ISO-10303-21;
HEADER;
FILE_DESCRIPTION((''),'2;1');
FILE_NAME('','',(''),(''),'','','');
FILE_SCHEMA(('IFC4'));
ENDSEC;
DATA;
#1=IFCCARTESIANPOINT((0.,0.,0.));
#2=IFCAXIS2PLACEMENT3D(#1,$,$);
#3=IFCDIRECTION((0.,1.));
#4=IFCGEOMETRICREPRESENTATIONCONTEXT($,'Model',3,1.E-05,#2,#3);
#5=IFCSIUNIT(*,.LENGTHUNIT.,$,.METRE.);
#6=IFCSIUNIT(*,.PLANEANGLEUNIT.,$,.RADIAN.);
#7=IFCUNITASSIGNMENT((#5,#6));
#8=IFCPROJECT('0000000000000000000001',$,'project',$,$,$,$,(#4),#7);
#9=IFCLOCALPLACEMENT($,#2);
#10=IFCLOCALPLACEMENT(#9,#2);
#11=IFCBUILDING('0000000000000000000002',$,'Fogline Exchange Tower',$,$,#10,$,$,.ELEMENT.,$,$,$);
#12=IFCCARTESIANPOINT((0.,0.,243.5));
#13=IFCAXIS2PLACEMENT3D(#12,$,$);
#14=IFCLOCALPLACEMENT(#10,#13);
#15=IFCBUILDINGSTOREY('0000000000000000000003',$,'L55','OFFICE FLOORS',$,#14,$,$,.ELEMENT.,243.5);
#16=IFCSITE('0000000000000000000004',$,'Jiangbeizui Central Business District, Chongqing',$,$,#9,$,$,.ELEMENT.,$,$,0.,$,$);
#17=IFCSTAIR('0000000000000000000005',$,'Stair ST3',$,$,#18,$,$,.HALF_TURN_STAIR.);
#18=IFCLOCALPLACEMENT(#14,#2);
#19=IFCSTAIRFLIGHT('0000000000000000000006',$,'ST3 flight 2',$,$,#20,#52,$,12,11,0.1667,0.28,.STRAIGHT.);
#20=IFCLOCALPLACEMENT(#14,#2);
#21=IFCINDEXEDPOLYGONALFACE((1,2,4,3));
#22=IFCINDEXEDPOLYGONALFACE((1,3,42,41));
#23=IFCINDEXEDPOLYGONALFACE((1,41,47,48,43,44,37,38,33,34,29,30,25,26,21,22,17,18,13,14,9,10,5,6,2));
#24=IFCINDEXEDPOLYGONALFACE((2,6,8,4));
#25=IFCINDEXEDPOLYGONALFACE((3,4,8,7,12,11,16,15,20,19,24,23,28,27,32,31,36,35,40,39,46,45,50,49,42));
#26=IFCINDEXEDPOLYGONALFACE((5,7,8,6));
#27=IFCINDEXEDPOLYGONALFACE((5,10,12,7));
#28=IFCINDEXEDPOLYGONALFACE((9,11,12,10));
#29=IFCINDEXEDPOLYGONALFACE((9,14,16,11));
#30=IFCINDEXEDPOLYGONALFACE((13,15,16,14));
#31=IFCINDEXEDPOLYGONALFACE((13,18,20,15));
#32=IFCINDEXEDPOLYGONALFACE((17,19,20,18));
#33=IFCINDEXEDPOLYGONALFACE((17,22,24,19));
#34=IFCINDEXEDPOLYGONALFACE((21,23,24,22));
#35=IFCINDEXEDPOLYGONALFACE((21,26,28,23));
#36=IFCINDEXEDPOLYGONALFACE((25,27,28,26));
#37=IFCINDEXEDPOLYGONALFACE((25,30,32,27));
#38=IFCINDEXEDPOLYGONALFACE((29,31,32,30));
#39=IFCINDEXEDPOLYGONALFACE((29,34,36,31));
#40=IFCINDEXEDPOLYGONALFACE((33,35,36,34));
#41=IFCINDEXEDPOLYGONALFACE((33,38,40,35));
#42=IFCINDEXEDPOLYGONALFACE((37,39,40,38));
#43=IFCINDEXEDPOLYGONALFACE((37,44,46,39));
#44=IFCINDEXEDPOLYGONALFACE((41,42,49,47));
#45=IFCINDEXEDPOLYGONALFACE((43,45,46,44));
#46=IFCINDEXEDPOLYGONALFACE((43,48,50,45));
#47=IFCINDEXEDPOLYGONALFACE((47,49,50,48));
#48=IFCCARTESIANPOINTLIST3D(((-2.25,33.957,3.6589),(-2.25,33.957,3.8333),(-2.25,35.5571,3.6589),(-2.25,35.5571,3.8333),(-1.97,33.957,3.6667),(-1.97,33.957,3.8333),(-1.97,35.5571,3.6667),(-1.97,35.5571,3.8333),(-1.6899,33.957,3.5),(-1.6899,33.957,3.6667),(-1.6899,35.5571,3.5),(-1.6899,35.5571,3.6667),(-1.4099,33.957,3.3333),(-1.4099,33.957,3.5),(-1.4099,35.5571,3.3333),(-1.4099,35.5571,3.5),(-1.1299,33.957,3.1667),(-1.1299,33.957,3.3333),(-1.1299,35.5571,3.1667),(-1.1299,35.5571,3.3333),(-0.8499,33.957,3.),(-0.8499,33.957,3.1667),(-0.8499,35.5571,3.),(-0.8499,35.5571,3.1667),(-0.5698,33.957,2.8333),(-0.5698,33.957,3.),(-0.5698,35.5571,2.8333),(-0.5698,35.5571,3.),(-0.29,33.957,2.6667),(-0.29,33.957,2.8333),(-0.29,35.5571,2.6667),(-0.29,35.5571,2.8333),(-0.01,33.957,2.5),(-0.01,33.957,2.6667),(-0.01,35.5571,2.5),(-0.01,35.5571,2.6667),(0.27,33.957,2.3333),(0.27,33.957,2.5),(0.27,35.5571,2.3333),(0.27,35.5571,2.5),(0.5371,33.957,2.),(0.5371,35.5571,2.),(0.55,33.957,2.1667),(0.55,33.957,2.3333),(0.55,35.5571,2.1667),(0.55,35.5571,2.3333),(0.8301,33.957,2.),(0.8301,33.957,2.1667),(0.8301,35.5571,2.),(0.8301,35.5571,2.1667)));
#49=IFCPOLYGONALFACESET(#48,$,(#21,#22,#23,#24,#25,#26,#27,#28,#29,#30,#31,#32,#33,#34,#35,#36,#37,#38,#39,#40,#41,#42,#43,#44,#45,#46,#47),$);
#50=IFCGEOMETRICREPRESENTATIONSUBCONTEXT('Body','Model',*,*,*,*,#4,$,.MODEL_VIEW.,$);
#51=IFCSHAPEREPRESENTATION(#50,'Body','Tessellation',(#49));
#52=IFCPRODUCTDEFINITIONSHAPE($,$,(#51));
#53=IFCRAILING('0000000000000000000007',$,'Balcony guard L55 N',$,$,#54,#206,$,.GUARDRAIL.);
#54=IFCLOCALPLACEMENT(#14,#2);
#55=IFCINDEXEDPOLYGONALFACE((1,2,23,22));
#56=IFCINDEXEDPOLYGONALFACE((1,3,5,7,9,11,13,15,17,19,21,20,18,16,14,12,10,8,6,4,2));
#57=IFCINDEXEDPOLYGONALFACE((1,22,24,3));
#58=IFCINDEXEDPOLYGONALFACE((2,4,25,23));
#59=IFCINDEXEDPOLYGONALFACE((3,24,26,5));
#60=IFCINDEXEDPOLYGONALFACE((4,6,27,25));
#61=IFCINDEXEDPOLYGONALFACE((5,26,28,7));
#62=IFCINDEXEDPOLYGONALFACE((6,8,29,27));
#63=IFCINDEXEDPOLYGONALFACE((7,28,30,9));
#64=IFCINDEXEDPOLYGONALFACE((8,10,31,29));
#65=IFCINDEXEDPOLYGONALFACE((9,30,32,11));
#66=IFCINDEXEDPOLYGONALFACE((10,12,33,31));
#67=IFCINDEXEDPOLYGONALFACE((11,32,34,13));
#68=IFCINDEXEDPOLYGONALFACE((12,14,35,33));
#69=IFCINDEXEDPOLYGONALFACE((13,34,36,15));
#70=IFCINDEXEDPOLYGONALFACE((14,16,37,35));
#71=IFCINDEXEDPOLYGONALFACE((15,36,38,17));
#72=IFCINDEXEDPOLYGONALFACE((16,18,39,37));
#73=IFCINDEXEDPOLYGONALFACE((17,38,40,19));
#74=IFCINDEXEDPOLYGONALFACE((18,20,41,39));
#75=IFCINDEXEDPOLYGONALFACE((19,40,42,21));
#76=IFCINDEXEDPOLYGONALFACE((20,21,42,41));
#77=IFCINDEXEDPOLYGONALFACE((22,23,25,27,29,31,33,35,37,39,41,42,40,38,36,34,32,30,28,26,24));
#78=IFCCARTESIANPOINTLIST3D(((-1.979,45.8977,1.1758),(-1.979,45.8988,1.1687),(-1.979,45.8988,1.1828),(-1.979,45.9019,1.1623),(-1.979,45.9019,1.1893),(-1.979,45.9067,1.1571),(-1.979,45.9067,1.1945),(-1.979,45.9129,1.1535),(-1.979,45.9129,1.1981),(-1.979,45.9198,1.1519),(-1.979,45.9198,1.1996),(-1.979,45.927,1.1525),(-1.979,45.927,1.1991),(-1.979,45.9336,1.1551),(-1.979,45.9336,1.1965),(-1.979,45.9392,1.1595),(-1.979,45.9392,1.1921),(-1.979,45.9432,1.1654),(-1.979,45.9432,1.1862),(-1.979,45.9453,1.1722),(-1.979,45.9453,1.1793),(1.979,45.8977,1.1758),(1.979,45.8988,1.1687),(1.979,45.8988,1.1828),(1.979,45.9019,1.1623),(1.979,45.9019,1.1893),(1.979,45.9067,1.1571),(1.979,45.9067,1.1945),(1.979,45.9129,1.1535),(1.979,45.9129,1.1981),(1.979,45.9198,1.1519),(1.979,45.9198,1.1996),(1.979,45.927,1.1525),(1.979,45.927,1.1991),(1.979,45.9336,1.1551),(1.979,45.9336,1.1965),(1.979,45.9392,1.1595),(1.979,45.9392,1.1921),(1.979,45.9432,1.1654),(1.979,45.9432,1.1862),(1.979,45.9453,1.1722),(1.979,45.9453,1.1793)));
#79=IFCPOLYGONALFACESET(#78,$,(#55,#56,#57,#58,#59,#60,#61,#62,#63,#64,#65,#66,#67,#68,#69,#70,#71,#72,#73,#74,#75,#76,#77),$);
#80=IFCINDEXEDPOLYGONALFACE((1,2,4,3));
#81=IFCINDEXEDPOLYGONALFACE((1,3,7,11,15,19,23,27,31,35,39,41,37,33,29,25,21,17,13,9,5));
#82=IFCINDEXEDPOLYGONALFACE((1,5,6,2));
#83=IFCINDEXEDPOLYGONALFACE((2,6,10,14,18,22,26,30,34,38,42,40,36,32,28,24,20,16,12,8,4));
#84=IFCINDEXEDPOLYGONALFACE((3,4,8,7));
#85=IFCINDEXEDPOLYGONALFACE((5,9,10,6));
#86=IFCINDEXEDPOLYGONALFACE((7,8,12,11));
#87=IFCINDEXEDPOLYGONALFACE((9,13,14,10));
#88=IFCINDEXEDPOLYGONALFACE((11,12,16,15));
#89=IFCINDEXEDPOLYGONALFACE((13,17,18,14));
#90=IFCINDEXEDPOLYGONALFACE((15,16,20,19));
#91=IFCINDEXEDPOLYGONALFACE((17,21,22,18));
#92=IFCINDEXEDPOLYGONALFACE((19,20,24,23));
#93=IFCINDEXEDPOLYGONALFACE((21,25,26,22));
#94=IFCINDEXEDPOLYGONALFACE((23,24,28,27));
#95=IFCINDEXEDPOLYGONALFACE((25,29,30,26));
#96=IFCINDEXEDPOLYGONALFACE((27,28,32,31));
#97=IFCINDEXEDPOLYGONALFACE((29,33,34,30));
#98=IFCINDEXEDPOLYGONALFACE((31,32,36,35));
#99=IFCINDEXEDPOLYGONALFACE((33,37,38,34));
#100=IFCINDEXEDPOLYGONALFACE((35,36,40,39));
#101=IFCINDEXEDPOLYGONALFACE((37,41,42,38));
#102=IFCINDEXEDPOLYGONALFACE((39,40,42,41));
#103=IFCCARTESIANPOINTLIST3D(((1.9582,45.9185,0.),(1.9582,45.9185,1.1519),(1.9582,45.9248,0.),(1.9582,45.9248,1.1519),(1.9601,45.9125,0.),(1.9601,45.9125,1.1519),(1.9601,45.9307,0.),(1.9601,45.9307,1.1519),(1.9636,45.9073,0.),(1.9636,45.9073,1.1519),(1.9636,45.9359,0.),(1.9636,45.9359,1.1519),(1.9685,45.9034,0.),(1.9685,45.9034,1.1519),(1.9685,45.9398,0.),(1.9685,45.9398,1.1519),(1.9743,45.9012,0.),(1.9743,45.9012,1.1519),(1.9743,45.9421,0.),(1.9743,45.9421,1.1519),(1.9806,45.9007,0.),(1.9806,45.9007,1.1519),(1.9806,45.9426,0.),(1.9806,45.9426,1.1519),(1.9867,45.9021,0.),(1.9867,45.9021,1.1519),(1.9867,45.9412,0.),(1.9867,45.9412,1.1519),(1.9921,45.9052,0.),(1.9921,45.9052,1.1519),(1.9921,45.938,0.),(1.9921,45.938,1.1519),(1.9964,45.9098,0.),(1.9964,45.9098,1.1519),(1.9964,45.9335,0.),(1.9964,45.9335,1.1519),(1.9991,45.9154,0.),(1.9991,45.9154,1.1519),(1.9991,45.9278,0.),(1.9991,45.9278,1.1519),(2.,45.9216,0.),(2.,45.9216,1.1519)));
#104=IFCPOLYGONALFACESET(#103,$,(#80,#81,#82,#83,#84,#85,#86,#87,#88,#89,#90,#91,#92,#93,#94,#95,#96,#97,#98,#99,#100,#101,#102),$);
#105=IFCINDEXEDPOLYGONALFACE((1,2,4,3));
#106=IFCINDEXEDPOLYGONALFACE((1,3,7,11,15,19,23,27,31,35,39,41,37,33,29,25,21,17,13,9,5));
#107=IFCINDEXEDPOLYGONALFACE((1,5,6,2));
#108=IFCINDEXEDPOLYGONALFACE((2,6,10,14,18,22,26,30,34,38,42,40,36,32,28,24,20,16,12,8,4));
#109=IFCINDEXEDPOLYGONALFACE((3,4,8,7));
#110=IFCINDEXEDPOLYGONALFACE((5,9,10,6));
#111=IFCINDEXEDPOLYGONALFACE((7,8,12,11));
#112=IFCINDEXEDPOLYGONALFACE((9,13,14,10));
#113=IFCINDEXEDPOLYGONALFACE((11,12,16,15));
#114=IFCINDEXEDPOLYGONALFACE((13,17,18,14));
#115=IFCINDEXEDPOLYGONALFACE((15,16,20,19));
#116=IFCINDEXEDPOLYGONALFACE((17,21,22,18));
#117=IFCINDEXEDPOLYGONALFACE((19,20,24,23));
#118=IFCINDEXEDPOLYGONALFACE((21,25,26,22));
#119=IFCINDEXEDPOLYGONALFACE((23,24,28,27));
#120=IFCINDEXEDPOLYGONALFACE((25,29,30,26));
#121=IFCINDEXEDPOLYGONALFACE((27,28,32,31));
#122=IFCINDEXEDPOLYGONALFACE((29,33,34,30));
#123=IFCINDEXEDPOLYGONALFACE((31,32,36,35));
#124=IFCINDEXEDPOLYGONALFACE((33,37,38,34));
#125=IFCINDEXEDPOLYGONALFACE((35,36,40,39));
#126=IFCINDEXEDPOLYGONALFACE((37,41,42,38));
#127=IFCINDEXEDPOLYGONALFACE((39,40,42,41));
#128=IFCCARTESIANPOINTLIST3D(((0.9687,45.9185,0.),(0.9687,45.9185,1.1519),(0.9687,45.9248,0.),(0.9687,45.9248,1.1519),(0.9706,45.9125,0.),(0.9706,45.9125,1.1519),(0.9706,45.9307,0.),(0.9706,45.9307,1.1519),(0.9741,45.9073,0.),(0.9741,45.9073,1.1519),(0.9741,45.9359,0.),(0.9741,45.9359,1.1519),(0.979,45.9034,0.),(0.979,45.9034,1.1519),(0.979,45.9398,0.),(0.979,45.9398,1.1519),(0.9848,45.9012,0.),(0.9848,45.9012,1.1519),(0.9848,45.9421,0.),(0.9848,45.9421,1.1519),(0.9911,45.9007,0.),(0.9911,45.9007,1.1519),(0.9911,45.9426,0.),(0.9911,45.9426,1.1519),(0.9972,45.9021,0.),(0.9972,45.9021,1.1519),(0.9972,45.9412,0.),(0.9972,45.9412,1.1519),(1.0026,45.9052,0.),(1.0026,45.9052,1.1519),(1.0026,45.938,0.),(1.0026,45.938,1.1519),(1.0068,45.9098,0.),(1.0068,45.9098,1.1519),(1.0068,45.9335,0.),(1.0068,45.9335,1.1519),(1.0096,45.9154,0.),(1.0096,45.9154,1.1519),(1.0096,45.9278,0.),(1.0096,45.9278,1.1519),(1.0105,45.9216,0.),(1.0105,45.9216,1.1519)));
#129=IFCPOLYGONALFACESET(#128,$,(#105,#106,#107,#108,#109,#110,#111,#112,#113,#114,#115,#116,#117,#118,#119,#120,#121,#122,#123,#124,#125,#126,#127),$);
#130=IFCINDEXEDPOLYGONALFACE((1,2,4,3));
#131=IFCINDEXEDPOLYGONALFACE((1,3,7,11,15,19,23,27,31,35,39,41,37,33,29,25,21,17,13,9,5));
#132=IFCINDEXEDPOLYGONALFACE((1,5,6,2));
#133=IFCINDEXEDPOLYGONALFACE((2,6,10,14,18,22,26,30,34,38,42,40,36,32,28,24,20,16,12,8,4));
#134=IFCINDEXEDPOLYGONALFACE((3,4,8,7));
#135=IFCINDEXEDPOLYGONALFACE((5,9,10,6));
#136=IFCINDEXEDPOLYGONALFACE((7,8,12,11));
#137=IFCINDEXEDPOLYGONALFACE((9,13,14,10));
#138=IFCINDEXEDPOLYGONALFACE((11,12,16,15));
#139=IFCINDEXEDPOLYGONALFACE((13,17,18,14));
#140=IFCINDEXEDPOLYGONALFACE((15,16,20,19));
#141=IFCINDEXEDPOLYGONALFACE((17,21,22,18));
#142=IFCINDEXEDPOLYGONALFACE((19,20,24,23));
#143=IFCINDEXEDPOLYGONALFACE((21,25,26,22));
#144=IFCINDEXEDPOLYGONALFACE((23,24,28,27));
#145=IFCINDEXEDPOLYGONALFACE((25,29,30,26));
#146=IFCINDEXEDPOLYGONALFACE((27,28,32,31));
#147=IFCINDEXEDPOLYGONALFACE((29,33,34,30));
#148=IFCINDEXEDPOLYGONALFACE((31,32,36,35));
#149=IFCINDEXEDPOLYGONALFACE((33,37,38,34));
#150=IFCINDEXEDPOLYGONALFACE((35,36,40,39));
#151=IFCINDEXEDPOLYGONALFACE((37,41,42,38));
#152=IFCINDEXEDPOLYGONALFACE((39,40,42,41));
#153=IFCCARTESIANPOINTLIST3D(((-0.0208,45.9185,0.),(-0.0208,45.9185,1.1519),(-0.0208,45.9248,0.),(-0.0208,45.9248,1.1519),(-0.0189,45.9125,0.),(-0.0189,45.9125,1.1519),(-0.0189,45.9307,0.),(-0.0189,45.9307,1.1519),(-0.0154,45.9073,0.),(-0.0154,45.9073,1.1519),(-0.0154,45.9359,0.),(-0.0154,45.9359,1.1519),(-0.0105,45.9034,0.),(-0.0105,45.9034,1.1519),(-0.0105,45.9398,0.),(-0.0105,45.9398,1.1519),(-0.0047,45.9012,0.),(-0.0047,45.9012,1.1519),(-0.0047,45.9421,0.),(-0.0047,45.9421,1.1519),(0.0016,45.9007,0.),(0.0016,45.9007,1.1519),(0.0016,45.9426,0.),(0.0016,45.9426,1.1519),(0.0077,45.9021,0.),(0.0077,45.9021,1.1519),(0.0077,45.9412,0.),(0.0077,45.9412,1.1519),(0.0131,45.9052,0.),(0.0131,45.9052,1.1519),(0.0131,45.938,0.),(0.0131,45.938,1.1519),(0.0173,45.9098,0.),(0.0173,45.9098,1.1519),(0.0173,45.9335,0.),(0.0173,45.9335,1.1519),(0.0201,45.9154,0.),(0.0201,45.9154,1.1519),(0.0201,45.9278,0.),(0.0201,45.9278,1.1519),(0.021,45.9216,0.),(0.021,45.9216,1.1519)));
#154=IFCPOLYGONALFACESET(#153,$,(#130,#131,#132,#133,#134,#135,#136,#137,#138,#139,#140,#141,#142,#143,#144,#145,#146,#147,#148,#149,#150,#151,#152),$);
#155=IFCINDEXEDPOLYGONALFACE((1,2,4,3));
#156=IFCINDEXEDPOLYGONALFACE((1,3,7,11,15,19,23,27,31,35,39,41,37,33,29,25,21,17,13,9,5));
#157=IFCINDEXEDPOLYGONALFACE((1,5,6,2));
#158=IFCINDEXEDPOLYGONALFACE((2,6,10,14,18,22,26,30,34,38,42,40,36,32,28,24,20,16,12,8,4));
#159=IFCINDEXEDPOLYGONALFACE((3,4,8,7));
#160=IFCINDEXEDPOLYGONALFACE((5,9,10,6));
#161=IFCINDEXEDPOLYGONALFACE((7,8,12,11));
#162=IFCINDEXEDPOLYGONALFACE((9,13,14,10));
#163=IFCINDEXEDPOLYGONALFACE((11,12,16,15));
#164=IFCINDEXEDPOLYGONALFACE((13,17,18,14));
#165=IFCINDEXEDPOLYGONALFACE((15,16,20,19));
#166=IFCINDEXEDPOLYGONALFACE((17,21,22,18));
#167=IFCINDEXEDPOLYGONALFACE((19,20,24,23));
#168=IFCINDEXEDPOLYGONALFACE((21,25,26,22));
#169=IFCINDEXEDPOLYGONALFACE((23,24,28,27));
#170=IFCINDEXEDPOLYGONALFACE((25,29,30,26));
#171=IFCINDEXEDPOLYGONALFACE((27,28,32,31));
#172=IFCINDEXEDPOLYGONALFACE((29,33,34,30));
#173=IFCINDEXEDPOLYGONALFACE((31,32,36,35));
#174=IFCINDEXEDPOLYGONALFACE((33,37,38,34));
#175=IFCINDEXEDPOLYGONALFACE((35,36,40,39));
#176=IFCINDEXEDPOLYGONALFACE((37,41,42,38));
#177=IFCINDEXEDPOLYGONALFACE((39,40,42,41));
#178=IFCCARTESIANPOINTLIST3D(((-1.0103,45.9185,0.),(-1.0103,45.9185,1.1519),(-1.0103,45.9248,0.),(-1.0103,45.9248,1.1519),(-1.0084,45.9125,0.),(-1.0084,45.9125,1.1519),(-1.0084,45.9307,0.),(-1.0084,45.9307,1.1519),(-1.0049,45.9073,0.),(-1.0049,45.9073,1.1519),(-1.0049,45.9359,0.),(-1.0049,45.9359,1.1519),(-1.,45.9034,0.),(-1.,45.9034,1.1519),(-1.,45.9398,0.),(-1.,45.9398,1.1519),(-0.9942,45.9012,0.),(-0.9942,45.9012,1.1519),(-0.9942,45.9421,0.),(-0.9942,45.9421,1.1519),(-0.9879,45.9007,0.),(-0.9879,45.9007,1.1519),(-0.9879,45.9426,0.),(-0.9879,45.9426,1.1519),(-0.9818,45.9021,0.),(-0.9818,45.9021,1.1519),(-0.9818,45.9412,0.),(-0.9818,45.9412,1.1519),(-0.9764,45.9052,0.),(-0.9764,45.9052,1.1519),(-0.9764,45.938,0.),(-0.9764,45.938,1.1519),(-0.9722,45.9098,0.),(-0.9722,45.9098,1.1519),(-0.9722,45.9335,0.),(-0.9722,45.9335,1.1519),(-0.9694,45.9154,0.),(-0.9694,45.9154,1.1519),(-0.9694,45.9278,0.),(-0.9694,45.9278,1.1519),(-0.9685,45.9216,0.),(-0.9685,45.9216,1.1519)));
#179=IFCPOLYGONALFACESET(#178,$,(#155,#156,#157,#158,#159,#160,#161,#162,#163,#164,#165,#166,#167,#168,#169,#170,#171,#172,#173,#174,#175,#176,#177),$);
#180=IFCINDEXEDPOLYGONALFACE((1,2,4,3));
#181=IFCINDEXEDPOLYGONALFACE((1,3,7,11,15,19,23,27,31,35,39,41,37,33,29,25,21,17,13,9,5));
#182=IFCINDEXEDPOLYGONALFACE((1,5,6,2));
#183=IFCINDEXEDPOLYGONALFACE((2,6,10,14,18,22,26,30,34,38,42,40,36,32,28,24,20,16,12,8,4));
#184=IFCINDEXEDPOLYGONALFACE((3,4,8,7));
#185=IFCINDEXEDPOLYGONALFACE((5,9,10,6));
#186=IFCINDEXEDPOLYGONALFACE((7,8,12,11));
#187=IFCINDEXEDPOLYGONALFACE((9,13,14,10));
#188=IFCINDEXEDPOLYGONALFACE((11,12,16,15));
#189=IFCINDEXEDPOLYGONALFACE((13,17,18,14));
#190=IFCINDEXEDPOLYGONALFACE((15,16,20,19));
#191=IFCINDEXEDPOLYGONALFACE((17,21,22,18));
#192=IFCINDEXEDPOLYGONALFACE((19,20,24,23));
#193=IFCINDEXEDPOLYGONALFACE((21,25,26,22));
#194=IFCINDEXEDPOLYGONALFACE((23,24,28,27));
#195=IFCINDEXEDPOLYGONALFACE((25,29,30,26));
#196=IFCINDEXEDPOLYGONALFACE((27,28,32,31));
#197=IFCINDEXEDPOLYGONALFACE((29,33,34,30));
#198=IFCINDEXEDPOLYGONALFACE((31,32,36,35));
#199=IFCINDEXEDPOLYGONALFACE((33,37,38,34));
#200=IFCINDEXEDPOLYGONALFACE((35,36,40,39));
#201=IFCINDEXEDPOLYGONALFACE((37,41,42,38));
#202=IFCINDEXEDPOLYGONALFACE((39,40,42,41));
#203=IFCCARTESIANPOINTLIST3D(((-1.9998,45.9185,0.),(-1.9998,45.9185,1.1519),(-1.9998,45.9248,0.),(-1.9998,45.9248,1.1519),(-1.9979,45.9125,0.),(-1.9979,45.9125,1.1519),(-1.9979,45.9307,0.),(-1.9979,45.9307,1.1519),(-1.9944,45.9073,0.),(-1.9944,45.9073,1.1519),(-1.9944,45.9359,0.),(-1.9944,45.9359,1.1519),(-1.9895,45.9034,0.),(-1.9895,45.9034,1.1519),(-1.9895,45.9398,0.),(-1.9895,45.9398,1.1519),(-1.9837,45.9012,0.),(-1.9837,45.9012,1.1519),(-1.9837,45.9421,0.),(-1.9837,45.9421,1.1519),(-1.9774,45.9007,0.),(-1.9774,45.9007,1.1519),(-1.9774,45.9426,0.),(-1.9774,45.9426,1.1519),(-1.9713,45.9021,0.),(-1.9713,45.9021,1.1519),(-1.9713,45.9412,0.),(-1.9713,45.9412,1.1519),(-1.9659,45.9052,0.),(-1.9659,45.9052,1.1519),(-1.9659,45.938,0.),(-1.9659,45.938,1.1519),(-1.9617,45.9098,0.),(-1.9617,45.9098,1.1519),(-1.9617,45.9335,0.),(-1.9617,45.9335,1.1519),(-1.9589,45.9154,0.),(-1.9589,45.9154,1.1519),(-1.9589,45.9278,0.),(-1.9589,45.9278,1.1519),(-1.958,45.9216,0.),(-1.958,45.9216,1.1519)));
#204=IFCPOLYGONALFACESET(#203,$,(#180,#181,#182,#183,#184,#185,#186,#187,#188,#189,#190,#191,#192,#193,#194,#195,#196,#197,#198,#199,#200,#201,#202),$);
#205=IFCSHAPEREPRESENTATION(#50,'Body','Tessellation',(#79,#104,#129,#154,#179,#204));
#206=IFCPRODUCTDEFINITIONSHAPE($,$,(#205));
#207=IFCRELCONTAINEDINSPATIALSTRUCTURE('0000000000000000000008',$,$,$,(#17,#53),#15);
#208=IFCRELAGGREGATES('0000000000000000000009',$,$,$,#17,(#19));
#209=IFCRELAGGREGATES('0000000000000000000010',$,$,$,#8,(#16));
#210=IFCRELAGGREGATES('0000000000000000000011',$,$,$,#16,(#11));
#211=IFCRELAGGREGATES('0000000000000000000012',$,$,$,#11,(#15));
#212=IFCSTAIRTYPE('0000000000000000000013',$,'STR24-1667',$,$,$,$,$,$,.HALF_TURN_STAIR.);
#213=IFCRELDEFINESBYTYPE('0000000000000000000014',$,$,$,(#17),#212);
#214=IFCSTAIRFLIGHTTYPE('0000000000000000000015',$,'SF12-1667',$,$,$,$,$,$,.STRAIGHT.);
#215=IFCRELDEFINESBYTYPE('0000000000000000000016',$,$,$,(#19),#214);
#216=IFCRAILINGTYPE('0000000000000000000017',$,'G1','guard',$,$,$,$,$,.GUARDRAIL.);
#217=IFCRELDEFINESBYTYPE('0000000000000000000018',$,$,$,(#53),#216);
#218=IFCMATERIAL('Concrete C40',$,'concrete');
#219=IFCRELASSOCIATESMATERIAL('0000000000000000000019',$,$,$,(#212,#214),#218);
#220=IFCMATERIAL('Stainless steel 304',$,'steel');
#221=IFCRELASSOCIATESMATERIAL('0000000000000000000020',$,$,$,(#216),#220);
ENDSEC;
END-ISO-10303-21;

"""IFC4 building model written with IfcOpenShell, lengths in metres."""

from ifc_helpers import new_model, si_unit, direction, frame, origin, origin_2d, place, context, subcontext, project, spatial, polyline, circle, outline, extrude, material, type_object, element, aggregate, save


model = new_model("IFC4")

# Units and contexts
model_context = context("Model", 3, precision=1e-05, world=origin(), true_north=direction((0.0, 1.0)))
body_context = subcontext(model_context, "Body", "Model", "MODEL_VIEW")
ifc_project = project(units=[si_unit("LENGTHUNIT", "METRE"), si_unit("PLANEANGLEUNIT", "RADIAN")], contexts=[model_context])

# Site, building, storey
site_placement = place(None, origin())
site = spatial("IfcSite", under=ifc_project, at=site_placement, Name="Jiangbeizui Central Business District, Chongqing", CompositionType="ELEMENT", RefElevation=0.0)
building_placement = place(site_placement, origin())
building = spatial("IfcBuilding", under=site, at=building_placement, Name="Fogline Exchange Tower", CompositionType="ELEMENT")
storey_placement = place(building_placement, frame((0.0, 0.0, 243.5)))
storey = spatial("IfcBuildingStorey", under=building, at=storey_placement, Name="L55", Description="OFFICE FLOORS", CompositionType="ELEMENT", Elevation=243.5)

# Shared definitions
ifc_material_1 = material(Name="Concrete C40", Category="concrete")

# Stair, stair flight
stair_type = type_object("IfcStairType", Name="STR24-1667", PredefinedType="HALF_TURN_STAIR", material=ifc_material_1)
stair_placement = place(storey_placement, origin())
stair = element("IfcStair", 1, at=stair_placement, inside=storey, type_object=stair_type, Name="Stair ST3", PredefinedType="HALF_TURN_STAIR")
stair_flight_type = type_object("IfcStairFlightType", Name="SF12-1667", PredefinedType="STRAIGHT", material=ifc_material_1)
stair_flight_placement = place(storey_placement, frame((0.8301, 34.7571, 2.0), z_axis=(0.0, 0.0, 1.0), x_axis=(-1.0, 0.0, 0.0)))
stair_flight = element("IfcStairFlight", 2, at=stair_flight_placement, type_object=stair_flight_type, Name="ST3 flight 2", NumberOfRisers=12, NumberOfTreads=11, PredefinedType="STRAIGHT", RiserHeight=0.1667, TreadLength=0.28, context=body_context, shape_type="SweptSolid", body=[
    extrude(outline(polyline([(0.0, 0.0), (0.0, 0.1667), (0.28, 0.1667), (0.28, 0.3333), (0.5601, 0.3333), (0.5601, 0.5), (0.8401, 0.5), (0.8401, 0.6667), (1.1201, 0.6667), (1.1201, 0.8333), (1.3999, 0.8333), (1.3999, 1.0), (1.6799, 1.0), (1.6799, 1.1667), (1.96, 1.1667), (1.96, 1.3333), (2.24, 1.3333), (2.24, 1.5), (2.52, 1.5), (2.52, 1.6667), (2.8, 1.6667), (2.8, 1.8333), (3.0801, 1.8333), (3.0801, 2.0), (3.0801, 1.6589), (0.293, 0.0), (0.0, 0.0)])), frame((0.0, 0.8, 0.0), z_axis=(0.0, -1.0, 0.0), x_axis=(1.0, 0.0, 0.0)), (0.0, 0.0, 1.0), 1.6001),
])
aggregate(stair, [stair_flight])

# Railing
ifc_material_2 = material(Name="Stainless steel 304", Category="steel")
railing_type = type_object("IfcRailingType", Name="G1", Description="guard", PredefinedType="GUARDRAIL", material=ifc_material_2)
railing_placement = place(storey_placement, frame((1.979, 45.9216, 0.0)))
element("IfcRailing", 3, at=railing_placement, inside=storey, type_object=railing_type, Name="Balcony guard L55 N", PredefinedType="GUARDRAIL", context=body_context, shape_type="SweptSolid", body=[
    extrude(circle(Radius=0.0239, at=origin_2d()), frame((0.0, 0.0, 1.1758), z_axis=(-1.0, 0.0, 0.0), x_axis=(0.0, -1.0, 0.0)), (0.0, 0.0, 1.0), 3.958),
    extrude(circle(Radius=0.021, at=origin_2d()), origin(), (0.0, 0.0, 1.0), 1.1519),
    extrude(circle(Radius=0.021, at=origin_2d()), frame((-0.9895, 0.0, 0.0)), (0.0, 0.0, 1.0), 1.1519),
    extrude(circle(Radius=0.021, at=origin_2d()), frame((-1.979, 0.0, 0.0)), (0.0, 0.0, 1.0), 1.1519),
    extrude(circle(Radius=0.021, at=origin_2d()), frame((-2.9685, 0.0, 0.0)), (0.0, 0.0, 1.0), 1.1519),
    extrude(circle(Radius=0.021, at=origin_2d()), frame((-3.958, 0.0, 0.0)), (0.0, 0.0, 1.0), 1.1519),
])

save(model, "model.ifc")
